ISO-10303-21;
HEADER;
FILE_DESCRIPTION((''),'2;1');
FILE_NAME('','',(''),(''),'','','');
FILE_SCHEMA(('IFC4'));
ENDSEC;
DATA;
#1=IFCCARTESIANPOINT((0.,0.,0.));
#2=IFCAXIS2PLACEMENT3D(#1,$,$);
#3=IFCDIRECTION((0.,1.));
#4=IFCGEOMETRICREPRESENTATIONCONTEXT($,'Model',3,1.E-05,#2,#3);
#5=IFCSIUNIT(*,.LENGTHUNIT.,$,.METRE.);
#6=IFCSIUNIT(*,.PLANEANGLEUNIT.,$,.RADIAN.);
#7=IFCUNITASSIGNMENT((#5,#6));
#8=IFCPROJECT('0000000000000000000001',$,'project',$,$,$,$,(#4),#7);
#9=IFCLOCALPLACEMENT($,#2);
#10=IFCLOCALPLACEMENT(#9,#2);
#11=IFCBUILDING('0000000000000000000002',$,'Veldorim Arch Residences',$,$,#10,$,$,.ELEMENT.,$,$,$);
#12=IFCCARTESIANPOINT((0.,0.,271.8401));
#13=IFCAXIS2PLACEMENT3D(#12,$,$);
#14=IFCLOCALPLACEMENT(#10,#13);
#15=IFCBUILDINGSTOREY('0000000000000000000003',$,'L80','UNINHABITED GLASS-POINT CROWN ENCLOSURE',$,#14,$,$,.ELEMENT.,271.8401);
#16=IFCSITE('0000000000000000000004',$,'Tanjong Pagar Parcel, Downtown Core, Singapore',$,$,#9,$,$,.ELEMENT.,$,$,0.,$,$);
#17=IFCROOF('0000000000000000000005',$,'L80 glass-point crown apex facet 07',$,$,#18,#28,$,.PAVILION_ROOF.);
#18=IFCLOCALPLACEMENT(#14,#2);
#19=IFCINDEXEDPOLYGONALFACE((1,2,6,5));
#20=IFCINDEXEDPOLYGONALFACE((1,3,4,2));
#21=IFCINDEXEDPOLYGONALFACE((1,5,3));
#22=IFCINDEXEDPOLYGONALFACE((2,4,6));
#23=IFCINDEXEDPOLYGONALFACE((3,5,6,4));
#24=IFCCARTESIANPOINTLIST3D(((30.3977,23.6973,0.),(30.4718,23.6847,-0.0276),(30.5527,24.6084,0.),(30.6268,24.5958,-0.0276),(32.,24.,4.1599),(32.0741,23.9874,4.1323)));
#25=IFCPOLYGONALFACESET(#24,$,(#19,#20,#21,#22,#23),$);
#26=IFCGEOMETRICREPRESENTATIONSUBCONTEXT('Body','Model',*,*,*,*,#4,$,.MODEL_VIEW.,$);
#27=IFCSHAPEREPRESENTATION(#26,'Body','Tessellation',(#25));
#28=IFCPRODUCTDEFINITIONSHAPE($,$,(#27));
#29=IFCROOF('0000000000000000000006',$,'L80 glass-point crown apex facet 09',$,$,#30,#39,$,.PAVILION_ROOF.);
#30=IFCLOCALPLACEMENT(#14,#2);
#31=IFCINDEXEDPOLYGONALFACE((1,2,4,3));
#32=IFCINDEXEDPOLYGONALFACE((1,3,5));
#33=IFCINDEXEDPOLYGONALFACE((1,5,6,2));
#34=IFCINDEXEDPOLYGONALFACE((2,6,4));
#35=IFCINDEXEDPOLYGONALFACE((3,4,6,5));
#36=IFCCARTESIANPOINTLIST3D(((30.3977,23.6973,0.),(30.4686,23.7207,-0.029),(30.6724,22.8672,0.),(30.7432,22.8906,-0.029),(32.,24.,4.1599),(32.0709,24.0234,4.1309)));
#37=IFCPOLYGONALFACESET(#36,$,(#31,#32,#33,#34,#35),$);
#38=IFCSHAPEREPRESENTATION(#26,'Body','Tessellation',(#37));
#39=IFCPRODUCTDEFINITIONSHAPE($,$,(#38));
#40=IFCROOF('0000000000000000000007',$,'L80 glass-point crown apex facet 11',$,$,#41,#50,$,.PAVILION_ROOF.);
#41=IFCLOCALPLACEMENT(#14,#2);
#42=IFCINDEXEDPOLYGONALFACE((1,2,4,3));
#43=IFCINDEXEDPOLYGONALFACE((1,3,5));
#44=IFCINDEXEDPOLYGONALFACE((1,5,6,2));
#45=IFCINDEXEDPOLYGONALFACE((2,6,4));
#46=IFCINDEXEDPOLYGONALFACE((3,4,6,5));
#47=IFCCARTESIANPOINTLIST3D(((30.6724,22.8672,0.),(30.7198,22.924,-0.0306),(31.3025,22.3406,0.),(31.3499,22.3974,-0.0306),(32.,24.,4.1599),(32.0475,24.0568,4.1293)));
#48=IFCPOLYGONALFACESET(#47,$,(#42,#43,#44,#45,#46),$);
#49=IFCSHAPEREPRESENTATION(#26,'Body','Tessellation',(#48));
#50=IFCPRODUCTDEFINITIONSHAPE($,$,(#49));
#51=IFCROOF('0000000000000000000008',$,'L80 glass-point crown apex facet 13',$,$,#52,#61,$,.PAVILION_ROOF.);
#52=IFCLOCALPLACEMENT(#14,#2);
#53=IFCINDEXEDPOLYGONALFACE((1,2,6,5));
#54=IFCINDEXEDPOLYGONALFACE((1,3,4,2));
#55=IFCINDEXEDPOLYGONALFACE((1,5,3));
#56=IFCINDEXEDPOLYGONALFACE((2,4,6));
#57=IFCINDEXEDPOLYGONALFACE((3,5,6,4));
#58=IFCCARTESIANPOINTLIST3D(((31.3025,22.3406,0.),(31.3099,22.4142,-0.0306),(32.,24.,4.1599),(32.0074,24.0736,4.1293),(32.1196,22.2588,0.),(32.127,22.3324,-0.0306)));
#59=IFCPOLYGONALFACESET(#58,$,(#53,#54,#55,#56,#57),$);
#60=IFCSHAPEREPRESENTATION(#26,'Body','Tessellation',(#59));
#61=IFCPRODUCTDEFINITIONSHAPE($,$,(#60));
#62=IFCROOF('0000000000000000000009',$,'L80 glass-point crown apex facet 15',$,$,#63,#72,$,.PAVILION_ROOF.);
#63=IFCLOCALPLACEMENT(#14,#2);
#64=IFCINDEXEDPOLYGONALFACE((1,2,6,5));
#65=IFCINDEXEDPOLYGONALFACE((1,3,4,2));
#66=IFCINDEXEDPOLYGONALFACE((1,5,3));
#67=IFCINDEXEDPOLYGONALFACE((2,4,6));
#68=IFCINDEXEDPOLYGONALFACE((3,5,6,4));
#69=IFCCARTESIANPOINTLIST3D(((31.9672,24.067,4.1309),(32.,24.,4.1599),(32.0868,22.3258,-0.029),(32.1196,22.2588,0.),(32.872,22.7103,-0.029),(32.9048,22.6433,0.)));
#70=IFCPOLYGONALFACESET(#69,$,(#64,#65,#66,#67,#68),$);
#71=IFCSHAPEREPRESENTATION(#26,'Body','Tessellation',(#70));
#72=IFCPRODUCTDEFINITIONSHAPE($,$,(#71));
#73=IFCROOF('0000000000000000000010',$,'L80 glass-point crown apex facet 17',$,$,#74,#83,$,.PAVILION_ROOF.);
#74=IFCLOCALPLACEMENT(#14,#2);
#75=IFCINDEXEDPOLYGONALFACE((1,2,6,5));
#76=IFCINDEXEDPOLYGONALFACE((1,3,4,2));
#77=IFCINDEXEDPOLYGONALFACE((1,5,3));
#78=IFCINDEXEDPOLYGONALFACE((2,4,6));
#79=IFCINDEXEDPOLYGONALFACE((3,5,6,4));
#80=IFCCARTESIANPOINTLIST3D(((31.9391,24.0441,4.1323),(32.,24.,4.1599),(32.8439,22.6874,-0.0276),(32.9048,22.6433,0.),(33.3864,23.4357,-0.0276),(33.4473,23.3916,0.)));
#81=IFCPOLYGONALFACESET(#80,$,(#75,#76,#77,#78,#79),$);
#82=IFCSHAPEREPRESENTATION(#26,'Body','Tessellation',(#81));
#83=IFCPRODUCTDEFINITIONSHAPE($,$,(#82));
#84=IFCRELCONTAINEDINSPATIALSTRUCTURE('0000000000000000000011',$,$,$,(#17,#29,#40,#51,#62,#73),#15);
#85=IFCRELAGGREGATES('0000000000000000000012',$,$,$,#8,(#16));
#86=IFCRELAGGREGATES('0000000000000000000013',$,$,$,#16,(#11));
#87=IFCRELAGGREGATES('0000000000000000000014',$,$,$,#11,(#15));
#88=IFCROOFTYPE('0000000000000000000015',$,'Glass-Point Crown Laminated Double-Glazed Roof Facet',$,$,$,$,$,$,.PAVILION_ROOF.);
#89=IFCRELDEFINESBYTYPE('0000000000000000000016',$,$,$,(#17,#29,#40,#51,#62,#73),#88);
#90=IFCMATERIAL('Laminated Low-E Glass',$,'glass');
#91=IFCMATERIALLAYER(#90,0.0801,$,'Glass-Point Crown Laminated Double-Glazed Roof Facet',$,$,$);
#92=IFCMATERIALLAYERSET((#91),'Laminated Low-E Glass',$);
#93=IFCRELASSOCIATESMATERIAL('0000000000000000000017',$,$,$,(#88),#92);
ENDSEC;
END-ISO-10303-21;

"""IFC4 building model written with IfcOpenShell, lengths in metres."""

from ifc_helpers import new_model, si_unit, direction, frame, origin, place, context, subcontext, project, spatial, polyline, outline, extrude, material, layer, layer_set, type_object, element, save


model = new_model("IFC4")

# Units and contexts
model_context = context("Model", 3, precision=1e-05, world=origin(), true_north=direction((0.0, 1.0)))
body_context = subcontext(model_context, "Body", "Model", "MODEL_VIEW")
ifc_project = project(units=[si_unit("LENGTHUNIT", "METRE"), si_unit("PLANEANGLEUNIT", "RADIAN")], contexts=[model_context])

# Site, building, storey
site_placement = place(None, origin())
site = spatial("IfcSite", under=ifc_project, at=site_placement, Name="Tanjong Pagar Parcel, Downtown Core, Singapore", CompositionType="ELEMENT", RefElevation=0.0)
building_placement = place(site_placement, origin())
building = spatial("IfcBuilding", under=site, at=building_placement, Name="Veldorim Arch Residences", CompositionType="ELEMENT")
storey_placement = place(building_placement, frame((0.0, 0.0, 271.8401)))
storey = spatial("IfcBuildingStorey", under=building, at=storey_placement, Name="L80", Description="UNINHABITED GLASS-POINT CROWN ENCLOSURE", CompositionType="ELEMENT", Elevation=271.8401)

# Roofs
ifc_material_1 = material(Name="Laminated Low-E Glass", Category="glass")
ifc_layer = layer(ifc_material_1, 0.0801, Name="Glass-Point Crown Laminated Double-Glazed Roof Facet")
ifc_layer_set = layer_set([ifc_layer], Name="Laminated Low-E Glass")
roof_type = type_object("IfcRoofType", Name="Glass-Point Crown Laminated Double-Glazed Roof Facet", PredefinedType="PAVILION_ROOF", material=ifc_layer_set)
roof_1_placement = place(storey_placement, frame((30.5527, 24.6084, 0.0), z_axis=(-0.925321, 0.157443, 0.344953), x_axis=(-0.167739, -0.985831, 0.0)))
element("IfcRoof", 1, at=roof_1_placement, inside=storey, type_object=roof_type, Name="L80 glass-point crown apex facet 07", PredefinedType="PAVILION_ROOF", context=body_context, shape_type="SweptSolid", body=[
    extrude(outline(polyline([(0.0, 0.0), (0.9242, 0.0), (0.357, 4.4319), (0.0, 0.0)])), origin(), (0.0, 0.0, -1.0), 0.0801),
])
roof_2_placement = place(storey_placement, frame((30.3977, 23.6973, 0.0), z_axis=(-0.884931, -0.292808, 0.362162), x_axis=(0.314133, -0.949379, 0.0)))
element("IfcRoof", 2, at=roof_2_placement, inside=storey, type_object=roof_type, Name="L80 glass-point crown apex facet 09", PredefinedType="PAVILION_ROOF", context=body_context, shape_type="SweptSolid", body=[
    extrude(outline(polyline([(0.0, 0.0), (0.8743, 0.0), (0.2159, 4.4629), (0.0, 0.0)])), origin(), (0.0, 0.0, -1.0), 0.0801),
])
roof_3_placement = place(storey_placement, frame((30.6724, 22.8672, 0.0), z_axis=(-0.592578, -0.709061, 0.38221), x_axis=(0.767319, -0.641266, 0.0)))
element("IfcRoof", 3, at=roof_3_placement, inside=storey, type_object=roof_type, Name="L80 glass-point crown apex facet 11", PredefinedType="PAVILION_ROOF", context=body_context, shape_type="SweptSolid", body=[
    extrude(outline(polyline([(0.0, 0.0), (0.8212, 0.0), (0.2923, 4.5017), (0.0, 0.0)])), origin(), (0.0, 0.0, -1.0), 0.0801),
])
roof_4_placement = place(storey_placement, frame((31.3025, 22.3406, 0.0), z_axis=(-0.09203, -0.919478, 0.382218), x_axis=(0.995028, -0.099592, 0.0)))
element("IfcRoof", 4, at=roof_4_placement, inside=storey, type_object=roof_type, Name="L80 glass-point crown apex facet 13", PredefinedType="PAVILION_ROOF", context=body_context, shape_type="SweptSolid", body=[
    extrude(outline(polyline([(0.0, 0.0), (0.8212, 0.0), (0.5288, 4.5017), (0.0, 0.0)])), origin(), (0.0, 0.0, -1.0), 0.0801),
])
roof_5_placement = place(storey_placement, frame((32.1196, 22.2588, 0.0), z_axis=(0.409966, -0.837111, 0.362178), x_axis=(0.898083, 0.439826, 0.0)))
element("IfcRoof", 5, at=roof_5_placement, inside=storey, type_object=roof_type, Name="L80 glass-point crown apex facet 15", PredefinedType="PAVILION_ROOF", context=body_context, shape_type="SweptSolid", body=[
    extrude(outline(polyline([(0.0, 0.0), (0.8743, 0.0), (0.6584, 4.4629), (0.0, 0.0)])), origin(), (0.0, 0.0, -1.0), 0.0801),
])
roof_6_placement = place(storey_placement, frame((32.9048, 22.6433, 0.0), z_axis=(0.75993, -0.550918, 0.344959), x_axis=(0.586946, 0.809626, 0.0)))
element("IfcRoof", 6, at=roof_6_placement, inside=storey, type_object=roof_type, Name="L80 glass-point crown apex facet 17", PredefinedType="PAVILION_ROOF", context=body_context, shape_type="SweptSolid", body=[
    extrude(outline(polyline([(0.0, 0.0), (0.9242, 0.0), (0.5674, 4.432), (0.0, 0.0)])), origin(), (0.0, 0.0, -1.0), 0.0801),
])

save(model, "model.ifc")
